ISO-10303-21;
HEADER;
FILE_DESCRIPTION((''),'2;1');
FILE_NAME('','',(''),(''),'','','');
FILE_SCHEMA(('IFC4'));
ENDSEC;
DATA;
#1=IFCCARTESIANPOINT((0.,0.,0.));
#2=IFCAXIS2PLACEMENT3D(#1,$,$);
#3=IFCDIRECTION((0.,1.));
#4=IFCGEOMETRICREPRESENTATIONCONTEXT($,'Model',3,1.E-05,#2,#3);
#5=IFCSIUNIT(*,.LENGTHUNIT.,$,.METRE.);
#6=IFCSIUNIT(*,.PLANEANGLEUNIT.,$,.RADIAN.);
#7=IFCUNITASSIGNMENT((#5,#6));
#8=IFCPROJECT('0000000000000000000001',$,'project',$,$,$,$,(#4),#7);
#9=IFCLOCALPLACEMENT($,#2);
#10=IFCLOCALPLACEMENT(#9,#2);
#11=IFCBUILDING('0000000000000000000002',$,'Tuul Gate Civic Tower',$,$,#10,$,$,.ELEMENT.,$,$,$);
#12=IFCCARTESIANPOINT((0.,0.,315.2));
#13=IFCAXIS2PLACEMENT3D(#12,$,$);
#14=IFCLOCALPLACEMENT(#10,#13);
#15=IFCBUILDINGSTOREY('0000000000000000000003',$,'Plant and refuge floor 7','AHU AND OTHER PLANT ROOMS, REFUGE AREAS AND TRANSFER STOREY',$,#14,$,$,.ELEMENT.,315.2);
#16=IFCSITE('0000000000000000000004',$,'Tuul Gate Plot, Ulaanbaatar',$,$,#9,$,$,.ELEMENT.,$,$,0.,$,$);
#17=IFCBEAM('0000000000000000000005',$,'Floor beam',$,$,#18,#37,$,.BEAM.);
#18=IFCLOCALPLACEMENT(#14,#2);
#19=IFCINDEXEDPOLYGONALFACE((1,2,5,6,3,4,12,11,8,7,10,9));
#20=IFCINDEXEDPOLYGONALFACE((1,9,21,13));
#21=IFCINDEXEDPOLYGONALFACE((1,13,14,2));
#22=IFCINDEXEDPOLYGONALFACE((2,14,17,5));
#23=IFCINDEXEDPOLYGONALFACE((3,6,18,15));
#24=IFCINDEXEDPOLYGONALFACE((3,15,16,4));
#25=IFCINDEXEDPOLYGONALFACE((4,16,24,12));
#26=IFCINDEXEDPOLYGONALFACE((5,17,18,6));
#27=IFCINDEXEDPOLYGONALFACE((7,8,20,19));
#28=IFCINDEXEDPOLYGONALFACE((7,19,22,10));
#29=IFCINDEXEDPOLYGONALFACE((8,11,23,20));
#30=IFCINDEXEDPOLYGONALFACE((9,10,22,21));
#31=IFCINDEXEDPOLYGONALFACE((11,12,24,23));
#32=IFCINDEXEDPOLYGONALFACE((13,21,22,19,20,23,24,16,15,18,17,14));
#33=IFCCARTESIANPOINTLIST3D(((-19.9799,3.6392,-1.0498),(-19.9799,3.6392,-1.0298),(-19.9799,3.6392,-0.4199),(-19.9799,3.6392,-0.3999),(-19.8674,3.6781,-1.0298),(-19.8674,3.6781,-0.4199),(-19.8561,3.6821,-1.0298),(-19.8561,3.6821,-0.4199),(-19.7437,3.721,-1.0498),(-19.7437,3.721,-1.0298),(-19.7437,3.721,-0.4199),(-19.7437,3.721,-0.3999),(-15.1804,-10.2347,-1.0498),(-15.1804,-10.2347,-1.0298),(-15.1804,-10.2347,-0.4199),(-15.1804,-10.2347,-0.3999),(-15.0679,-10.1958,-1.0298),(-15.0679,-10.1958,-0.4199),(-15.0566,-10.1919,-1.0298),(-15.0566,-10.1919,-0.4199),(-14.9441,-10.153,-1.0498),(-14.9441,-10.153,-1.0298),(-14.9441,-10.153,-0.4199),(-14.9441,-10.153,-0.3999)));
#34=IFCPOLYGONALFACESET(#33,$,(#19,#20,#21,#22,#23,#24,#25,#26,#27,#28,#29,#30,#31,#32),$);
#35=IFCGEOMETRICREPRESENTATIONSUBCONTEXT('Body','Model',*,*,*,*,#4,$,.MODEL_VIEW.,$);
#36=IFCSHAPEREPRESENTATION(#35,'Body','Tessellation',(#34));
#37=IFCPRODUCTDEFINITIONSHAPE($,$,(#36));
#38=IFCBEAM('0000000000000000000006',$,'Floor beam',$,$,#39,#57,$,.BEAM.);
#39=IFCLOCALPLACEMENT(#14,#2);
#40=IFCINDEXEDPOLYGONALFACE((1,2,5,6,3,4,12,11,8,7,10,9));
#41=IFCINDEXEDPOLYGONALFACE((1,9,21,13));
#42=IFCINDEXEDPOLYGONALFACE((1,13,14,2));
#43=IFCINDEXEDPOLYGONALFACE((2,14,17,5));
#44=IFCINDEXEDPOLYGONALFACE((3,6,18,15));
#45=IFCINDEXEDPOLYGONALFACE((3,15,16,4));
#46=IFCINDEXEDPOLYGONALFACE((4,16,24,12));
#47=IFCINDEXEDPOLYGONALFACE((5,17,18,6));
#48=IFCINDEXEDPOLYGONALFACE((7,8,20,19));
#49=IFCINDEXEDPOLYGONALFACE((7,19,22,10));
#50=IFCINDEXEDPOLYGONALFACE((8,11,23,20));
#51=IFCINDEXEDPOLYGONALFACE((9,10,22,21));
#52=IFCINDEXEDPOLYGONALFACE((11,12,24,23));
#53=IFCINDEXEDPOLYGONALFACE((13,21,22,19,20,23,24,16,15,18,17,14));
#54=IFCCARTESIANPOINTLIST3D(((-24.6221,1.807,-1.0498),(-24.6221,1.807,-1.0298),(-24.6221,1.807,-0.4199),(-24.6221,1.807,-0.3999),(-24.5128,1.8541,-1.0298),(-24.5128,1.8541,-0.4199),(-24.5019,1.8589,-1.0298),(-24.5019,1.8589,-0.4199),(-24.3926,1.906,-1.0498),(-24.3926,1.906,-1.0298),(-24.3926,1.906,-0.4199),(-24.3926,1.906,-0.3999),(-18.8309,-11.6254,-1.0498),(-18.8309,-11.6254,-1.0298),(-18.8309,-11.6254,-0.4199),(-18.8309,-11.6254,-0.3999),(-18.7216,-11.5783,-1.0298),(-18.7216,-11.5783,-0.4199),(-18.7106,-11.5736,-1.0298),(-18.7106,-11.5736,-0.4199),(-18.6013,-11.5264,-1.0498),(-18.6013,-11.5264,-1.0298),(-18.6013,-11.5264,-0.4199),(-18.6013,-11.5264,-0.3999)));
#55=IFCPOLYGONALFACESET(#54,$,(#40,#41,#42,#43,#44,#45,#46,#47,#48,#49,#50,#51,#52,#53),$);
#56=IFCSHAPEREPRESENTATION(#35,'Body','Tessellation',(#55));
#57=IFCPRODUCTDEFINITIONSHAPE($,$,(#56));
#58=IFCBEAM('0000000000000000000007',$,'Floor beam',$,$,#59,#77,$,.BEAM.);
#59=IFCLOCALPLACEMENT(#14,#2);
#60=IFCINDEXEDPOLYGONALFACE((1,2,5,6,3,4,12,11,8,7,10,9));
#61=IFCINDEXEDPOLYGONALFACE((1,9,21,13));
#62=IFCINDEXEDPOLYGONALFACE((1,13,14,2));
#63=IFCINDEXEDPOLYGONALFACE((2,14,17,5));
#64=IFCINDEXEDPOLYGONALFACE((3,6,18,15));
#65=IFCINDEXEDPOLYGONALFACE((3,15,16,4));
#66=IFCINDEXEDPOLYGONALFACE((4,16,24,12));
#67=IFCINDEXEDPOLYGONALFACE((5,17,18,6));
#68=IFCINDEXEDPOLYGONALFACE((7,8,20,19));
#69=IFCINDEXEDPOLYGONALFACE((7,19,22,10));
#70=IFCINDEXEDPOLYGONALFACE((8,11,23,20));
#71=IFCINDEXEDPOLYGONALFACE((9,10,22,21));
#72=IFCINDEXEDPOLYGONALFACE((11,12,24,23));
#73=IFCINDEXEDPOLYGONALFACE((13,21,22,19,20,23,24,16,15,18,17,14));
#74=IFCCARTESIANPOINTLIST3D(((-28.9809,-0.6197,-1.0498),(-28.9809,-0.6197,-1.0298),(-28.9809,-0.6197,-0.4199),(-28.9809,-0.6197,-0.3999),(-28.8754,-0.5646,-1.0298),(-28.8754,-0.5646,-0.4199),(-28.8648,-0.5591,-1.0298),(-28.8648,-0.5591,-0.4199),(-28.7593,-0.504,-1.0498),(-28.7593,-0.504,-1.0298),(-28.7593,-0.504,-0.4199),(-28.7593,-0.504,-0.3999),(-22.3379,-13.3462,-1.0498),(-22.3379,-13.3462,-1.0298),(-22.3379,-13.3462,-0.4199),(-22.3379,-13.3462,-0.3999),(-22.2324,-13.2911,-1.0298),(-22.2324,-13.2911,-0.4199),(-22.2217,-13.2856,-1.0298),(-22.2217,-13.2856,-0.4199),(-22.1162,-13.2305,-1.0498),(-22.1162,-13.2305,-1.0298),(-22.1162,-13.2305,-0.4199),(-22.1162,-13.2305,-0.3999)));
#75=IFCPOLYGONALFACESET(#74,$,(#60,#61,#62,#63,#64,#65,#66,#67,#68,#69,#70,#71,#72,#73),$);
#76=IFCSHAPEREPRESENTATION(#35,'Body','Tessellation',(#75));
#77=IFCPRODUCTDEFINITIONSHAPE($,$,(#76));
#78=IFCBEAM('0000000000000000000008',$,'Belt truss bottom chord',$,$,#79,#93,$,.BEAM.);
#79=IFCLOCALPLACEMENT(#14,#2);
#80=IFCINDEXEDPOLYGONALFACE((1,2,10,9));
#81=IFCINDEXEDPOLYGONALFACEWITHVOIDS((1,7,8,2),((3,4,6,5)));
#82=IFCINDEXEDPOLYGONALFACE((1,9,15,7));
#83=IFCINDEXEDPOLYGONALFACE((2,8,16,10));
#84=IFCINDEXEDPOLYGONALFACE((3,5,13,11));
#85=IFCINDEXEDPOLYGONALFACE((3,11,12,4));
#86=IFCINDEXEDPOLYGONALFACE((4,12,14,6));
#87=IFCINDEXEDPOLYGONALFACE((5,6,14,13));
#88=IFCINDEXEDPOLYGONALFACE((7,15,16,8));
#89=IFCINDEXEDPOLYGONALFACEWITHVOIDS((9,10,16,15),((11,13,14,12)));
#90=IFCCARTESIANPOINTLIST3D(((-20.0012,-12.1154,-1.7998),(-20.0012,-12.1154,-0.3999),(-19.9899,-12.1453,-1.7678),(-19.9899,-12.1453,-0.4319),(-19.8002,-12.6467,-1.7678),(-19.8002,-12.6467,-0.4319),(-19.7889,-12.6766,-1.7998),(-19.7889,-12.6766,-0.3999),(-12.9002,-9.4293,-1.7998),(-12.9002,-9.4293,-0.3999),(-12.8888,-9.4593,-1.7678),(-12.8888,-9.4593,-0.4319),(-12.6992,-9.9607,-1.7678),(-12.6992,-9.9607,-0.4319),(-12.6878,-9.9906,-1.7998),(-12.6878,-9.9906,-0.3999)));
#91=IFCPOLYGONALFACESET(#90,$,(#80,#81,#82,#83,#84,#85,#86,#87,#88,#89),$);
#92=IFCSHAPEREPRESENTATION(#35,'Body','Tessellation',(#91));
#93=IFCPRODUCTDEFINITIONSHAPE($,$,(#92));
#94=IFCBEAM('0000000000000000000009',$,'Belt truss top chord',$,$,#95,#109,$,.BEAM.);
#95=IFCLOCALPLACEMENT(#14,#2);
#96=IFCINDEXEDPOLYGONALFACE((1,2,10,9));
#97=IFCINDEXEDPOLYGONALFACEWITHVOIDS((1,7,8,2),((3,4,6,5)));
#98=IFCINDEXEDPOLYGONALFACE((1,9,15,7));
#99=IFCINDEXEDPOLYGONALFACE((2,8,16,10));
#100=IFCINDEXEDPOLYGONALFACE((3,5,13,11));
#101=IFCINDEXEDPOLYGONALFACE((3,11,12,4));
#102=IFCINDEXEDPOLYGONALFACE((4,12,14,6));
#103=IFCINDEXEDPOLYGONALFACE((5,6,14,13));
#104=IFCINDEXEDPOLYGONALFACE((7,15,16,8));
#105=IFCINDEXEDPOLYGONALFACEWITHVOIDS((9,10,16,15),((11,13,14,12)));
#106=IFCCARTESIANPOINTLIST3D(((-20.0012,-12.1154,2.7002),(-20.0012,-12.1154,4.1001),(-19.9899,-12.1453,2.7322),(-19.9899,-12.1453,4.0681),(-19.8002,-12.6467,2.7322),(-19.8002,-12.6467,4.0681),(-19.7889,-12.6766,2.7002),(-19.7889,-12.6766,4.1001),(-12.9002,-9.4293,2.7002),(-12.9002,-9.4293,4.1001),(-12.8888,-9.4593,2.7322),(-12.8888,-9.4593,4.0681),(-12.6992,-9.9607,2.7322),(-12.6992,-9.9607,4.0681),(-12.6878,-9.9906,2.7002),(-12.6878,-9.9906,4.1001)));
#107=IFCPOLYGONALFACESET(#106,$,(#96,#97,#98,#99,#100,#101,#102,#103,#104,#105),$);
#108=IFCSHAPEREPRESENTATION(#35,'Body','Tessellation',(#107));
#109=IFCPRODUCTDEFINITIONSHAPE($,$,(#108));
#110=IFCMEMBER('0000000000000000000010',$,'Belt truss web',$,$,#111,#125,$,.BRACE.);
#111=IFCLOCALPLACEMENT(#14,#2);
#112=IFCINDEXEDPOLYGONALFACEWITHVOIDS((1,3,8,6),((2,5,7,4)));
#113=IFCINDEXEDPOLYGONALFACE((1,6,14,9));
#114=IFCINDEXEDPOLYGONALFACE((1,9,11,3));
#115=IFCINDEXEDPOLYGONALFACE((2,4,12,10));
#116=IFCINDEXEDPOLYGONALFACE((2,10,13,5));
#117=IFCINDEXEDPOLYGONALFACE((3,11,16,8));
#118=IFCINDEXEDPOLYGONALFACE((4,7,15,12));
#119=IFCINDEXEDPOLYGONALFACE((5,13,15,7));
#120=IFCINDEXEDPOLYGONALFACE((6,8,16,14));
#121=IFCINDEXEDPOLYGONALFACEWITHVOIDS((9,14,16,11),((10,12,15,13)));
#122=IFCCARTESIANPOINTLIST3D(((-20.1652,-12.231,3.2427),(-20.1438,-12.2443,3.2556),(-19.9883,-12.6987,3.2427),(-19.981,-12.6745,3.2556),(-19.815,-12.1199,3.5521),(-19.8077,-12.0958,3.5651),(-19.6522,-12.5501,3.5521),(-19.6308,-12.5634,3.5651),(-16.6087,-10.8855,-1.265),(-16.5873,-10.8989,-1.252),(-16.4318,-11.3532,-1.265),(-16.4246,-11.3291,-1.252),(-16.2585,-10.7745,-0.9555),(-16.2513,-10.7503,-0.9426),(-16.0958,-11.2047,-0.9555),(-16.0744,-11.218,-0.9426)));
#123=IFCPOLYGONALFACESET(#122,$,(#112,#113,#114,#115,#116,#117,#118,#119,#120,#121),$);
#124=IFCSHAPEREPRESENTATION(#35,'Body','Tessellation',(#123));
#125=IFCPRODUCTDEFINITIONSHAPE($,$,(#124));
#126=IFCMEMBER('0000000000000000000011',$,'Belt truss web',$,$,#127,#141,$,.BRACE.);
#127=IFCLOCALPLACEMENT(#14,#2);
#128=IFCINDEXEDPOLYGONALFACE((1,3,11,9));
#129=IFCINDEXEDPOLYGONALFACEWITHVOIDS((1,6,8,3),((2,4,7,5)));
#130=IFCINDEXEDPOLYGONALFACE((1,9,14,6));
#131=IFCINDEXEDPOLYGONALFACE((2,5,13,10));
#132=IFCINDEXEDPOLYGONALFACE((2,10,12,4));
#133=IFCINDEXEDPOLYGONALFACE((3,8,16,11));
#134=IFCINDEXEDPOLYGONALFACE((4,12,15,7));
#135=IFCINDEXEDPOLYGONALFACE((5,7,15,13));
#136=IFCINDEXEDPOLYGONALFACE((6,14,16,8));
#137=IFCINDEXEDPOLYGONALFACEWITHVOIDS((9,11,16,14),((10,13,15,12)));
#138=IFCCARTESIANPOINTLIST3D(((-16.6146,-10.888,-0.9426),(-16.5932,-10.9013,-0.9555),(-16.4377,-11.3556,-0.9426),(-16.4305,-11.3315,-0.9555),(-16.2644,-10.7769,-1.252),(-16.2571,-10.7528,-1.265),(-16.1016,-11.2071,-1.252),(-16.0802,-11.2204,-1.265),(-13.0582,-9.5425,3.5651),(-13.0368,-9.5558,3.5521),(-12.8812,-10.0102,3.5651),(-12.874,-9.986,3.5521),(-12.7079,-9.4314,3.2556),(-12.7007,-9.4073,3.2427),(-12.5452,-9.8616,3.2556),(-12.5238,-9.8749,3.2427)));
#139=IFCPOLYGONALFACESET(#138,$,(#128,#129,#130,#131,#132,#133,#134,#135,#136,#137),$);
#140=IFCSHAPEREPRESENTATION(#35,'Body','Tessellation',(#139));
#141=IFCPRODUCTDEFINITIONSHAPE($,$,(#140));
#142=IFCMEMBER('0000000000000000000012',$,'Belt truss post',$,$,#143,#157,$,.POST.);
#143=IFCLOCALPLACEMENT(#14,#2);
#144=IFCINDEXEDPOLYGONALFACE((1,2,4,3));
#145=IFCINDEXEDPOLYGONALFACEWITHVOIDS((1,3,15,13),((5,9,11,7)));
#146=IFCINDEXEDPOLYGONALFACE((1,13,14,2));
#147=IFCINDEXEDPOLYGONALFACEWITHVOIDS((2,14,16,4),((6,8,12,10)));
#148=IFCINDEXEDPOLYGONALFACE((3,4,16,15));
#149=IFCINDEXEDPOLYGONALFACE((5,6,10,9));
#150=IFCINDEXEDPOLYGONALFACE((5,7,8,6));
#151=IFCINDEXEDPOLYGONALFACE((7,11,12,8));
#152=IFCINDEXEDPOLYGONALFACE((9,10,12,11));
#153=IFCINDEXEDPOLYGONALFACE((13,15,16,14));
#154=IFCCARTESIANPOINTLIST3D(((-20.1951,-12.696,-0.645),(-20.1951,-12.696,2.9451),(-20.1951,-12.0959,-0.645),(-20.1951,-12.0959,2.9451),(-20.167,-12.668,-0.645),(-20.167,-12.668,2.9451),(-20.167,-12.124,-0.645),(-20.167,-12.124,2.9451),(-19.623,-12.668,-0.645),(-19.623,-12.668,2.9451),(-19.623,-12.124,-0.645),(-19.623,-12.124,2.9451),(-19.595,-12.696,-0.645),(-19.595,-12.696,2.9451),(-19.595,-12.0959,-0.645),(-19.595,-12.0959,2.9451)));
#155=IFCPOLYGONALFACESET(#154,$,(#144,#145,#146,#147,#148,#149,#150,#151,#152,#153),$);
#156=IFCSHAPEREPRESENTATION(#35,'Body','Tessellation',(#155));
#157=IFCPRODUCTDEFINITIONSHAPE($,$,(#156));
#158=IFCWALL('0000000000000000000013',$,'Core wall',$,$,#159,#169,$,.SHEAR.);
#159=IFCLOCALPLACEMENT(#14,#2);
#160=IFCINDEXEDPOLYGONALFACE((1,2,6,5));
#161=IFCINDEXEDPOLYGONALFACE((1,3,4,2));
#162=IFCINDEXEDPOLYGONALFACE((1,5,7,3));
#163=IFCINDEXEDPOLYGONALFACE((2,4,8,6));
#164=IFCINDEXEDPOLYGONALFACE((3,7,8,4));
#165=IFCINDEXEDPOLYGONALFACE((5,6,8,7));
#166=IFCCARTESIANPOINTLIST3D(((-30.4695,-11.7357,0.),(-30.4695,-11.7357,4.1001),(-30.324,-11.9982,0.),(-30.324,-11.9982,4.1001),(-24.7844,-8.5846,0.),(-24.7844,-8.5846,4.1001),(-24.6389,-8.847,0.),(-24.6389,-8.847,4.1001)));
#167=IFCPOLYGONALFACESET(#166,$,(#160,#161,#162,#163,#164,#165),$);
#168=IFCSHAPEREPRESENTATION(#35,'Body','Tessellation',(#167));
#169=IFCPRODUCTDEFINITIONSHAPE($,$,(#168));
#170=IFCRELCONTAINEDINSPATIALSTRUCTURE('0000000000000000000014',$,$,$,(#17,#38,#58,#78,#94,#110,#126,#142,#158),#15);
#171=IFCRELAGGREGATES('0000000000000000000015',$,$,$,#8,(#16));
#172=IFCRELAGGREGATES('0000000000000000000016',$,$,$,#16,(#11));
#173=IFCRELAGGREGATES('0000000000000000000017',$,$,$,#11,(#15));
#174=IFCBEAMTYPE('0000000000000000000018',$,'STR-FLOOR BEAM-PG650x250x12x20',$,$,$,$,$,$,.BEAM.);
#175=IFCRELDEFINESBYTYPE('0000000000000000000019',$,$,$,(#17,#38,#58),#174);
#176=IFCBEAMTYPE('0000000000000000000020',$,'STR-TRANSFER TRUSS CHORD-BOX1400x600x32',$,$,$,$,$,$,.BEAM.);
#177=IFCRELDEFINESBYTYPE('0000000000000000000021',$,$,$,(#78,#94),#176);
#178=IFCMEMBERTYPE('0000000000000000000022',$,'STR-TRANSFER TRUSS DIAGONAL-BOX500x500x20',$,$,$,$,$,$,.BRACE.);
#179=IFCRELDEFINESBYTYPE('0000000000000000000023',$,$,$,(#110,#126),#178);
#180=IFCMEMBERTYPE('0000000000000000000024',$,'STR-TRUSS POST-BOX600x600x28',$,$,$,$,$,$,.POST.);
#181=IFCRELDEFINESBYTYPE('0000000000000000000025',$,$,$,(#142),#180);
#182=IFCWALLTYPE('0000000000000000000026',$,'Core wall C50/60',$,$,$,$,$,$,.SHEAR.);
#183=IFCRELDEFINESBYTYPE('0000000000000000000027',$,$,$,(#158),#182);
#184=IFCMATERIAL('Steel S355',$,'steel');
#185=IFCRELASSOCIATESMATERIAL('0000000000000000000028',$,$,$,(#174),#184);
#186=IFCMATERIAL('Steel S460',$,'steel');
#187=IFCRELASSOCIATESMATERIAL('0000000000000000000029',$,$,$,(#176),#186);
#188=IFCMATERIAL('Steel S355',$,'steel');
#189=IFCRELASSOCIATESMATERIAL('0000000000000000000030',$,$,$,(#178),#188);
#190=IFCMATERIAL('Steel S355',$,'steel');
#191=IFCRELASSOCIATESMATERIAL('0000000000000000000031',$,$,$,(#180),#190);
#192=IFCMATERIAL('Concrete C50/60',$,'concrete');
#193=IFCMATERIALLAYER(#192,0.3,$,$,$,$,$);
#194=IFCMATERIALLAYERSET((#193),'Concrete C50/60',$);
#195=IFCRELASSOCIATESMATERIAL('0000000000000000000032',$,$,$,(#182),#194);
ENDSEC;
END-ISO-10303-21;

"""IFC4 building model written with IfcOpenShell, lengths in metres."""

from ifc_helpers import new_model, si_unit, direction, frame, frame_2d, origin, origin_2d, place, context, subcontext, project, spatial, rectangle, hollow_rectangle, i_section, extrude, material, layer, layer_set, material_profile, profile_set, type_object, element, save


model = new_model("IFC4")

# Units and contexts
model_context = context("Model", 3, precision=1e-05, world=origin(), true_north=direction((0.0, 1.0)))
body_context = subcontext(model_context, "Body", "Model", "MODEL_VIEW")
ifc_project = project(units=[si_unit("LENGTHUNIT", "METRE"), si_unit("PLANEANGLEUNIT", "RADIAN")], contexts=[model_context])

# Site, building, storey
site_placement = place(None, origin())
site = spatial("IfcSite", under=ifc_project, at=site_placement, Name="Tuul Gate Plot, Ulaanbaatar", CompositionType="ELEMENT", RefElevation=0.0)
building_placement = place(site_placement, origin())
building = spatial("IfcBuilding", under=site, at=building_placement, Name="Tuul Gate Civic Tower", CompositionType="ELEMENT")
storey_placement = place(building_placement, frame((0.0, 0.0, 315.2)))
storey = spatial("IfcBuildingStorey", under=building, at=storey_placement, Name="Plant and refuge floor 7", Description="AHU AND OTHER PLANT ROOMS, REFUGE AREAS AND TRANSFER STOREY", CompositionType="ELEMENT", Elevation=315.2)

# Beams
ifc_material_1 = material(Name="Steel S355", Category="steel")
ifc_material_profile_1 = material_profile(ifc_material_1, i_section(OverallWidth=0.25, OverallDepth=0.6499, WebThickness=0.012, FlangeThickness=0.02, at=origin_2d()), Name="PG650x250x12x20")
ifc_profile_set_1 = profile_set([ifc_material_profile_1], Name="Steel S355")
beam_type_1 = type_object("IfcBeamType", Name="STR-FLOOR BEAM-PG650x250x12x20", PredefinedType="BEAM", material=ifc_profile_set_1)
beam_1_placement = place(storey_placement, frame((-15.0623, -10.1938, -0.7249), z_axis=(-0.326929, 0.945049, 0.0), x_axis=(-0.945049, -0.326929, 0.0)))
element("IfcBeam", 1, at=beam_1_placement, inside=storey, type_object=beam_type_1, Name="Floor beam", PredefinedType="BEAM", context=body_context, shape_type="SweptSolid", body=[
    extrude(i_section(OverallWidth=0.25, OverallDepth=0.6499, WebThickness=0.012, FlangeThickness=0.02, at=origin_2d()), origin(), (0.0, 0.0, 1.0), 14.6807),
])
beam_2_placement = place(storey_placement, frame((-18.7161, -11.5759, -0.7249), z_axis=(-0.395913, 0.918288, 0.0), x_axis=(-0.918288, -0.395913, 0.0)))
element("IfcBeam", 2, at=beam_2_placement, inside=storey, type_object=beam_type_1, Name="Floor beam", PredefinedType="BEAM", context=body_context, shape_type="SweptSolid", body=[
    extrude(i_section(OverallWidth=0.25, OverallDepth=0.6499, WebThickness=0.012, FlangeThickness=0.02, at=origin_2d()), origin(), (0.0, 0.0, 1.0), 14.6277),
])
beam_3_placement = place(storey_placement, frame((-22.2271, -13.2883, -0.7249), z_axis=(-0.462737, 0.886496, 0.0), x_axis=(-0.886496, -0.462737, 0.0)))
element("IfcBeam", 3, at=beam_3_placement, inside=storey, type_object=beam_type_1, Name="Floor beam", PredefinedType="BEAM", context=body_context, shape_type="SweptSolid", body=[
    extrude(i_section(OverallWidth=0.25, OverallDepth=0.6499, WebThickness=0.012, FlangeThickness=0.02, at=origin_2d()), origin(), (0.0, 0.0, 1.0), 14.356),
])
ifc_material_2 = material(Name="Steel S460", Category="steel")
ifc_material_profile_2 = material_profile(ifc_material_2, hollow_rectangle(XDim=0.6001, YDim=1.3999, WallThickness=0.032, at=origin_2d()), Name="BOX1400x600x32")
ifc_profile_set_2 = profile_set([ifc_material_profile_2], Name="Steel S460")
beam_type_2 = type_object("IfcBeamType", Name="STR-TRANSFER TRUSS CHORD-BOX1400x600x32", PredefinedType="BEAM", material=ifc_profile_set_2)
for number, where, z_axis, x_axis, name in (
    (4, (-19.895, -12.396, -1.0999), (0.935324, 0.353793, 0.0), (-0.353793, 0.935324, 0.0), "Belt truss bottom chord"),
    (5, (-19.895, -12.396, 3.4001), (0.935324, 0.353793, 0.0), (-0.353793, 0.935324, 0.0), "Belt truss top chord"),
):
    element("IfcBeam", number, at=place(storey_placement, frame(where, z_axis=z_axis, x_axis=x_axis)), inside=storey, type_object=beam_type_2, Name=name, PredefinedType="BEAM", context=body_context, shape_type="SweptSolid", body=[
        extrude(hollow_rectangle(XDim=0.6001, YDim=1.3999, WallThickness=0.032, at=origin_2d()), origin(), (0.0, 0.0, 1.0), 7.592),
    ])

# Members
ifc_material_3 = material(Name="Steel S355", Category="steel")
ifc_material_profile_3 = material_profile(ifc_material_3, hollow_rectangle(XDim=0.5, YDim=0.5, WallThickness=0.02, at=origin_2d()), Name="BOX500x500x20")
ifc_profile_set_3 = profile_set([ifc_material_profile_3], Name="Steel S355")
member_type_1 = type_object("IfcMemberType", Name="STR-TRANSFER TRUSS DIAGONAL-BOX500x500x20", PredefinedType="BRACE", material=ifc_profile_set_3)
for number, where, z_axis, x_axis, name in (
    (6, (-16.3416, -11.0518, -1.1038), (-0.60307, -0.228154, 0.764364), (0.353845, -0.935304, 0.0), "Belt truss web"),
    (7, (-16.3474, -11.0542, -1.1038), (0.60307, 0.228154, 0.764364), (-0.353845, 0.935304, 0.0), "Belt truss web"),
):
    element("IfcMember", number, at=place(storey_placement, frame(where, z_axis=z_axis, x_axis=x_axis)), inside=storey, type_object=member_type_1, Name=name, PredefinedType="BRACE", context=body_context, shape_type="SweptSolid", body=[
        extrude(hollow_rectangle(XDim=0.5, YDim=0.5, WallThickness=0.02, at=origin_2d()), origin(), (0.0, 0.0, 1.0), 5.8972),
    ])
ifc_material_4 = material(Name="Steel S355", Category="steel")
ifc_material_profile_4 = material_profile(ifc_material_4, hollow_rectangle(XDim=0.6001, YDim=0.6001, WallThickness=0.0281, at=origin_2d()), Name="BOX600x600x28")
ifc_profile_set_4 = profile_set([ifc_material_profile_4], Name="Steel S355")
member_type_2 = type_object("IfcMemberType", Name="STR-TRUSS POST-BOX600x600x28", PredefinedType="POST", material=ifc_profile_set_4)
member_placement = place(storey_placement, frame((-19.895, -12.396, -0.645), z_axis=(0.0, 0.0, 1.0), x_axis=(1.0, 0.0, 0.0)))
element("IfcMember", 8, at=member_placement, inside=storey, type_object=member_type_2, Name="Belt truss post", PredefinedType="POST", context=body_context, shape_type="SweptSolid", body=[
    extrude(hollow_rectangle(XDim=0.6001, YDim=0.6001, WallThickness=0.0281, at=origin_2d()), origin(), (0.0, 0.0, 1.0), 3.5901),
])

# Wall
ifc_material_5 = material(Name="Concrete C50/60", Category="concrete")
ifc_layer_1 = layer(ifc_material_5, 0.3)
ifc_layer_set_1 = layer_set([ifc_layer_1], Name="Concrete C50/60")
wall_type_1 = type_object("IfcWallType", Name="Core wall C50/60", PredefinedType="SHEAR", material=ifc_layer_set_1)
wall_1_placement = place(storey_placement, frame((-24.7117, -8.7158, 0.0), z_axis=(0.0, 0.0, 1.0), x_axis=(-0.87463, -0.484791, 0.0)))
element("IfcWall", 9, at=wall_1_placement, inside=storey, type_object=wall_type_1, Name="Core wall", PredefinedType="SHEAR", context=body_context, shape_type="SweptSolid", body=[
    extrude(rectangle(XDim=6.5, YDim=0.3, at=frame_2d((3.25, 0.0))), origin(), (0.0, 0.0, 1.0), 4.1001),
])

save(model, "model.ifc")
